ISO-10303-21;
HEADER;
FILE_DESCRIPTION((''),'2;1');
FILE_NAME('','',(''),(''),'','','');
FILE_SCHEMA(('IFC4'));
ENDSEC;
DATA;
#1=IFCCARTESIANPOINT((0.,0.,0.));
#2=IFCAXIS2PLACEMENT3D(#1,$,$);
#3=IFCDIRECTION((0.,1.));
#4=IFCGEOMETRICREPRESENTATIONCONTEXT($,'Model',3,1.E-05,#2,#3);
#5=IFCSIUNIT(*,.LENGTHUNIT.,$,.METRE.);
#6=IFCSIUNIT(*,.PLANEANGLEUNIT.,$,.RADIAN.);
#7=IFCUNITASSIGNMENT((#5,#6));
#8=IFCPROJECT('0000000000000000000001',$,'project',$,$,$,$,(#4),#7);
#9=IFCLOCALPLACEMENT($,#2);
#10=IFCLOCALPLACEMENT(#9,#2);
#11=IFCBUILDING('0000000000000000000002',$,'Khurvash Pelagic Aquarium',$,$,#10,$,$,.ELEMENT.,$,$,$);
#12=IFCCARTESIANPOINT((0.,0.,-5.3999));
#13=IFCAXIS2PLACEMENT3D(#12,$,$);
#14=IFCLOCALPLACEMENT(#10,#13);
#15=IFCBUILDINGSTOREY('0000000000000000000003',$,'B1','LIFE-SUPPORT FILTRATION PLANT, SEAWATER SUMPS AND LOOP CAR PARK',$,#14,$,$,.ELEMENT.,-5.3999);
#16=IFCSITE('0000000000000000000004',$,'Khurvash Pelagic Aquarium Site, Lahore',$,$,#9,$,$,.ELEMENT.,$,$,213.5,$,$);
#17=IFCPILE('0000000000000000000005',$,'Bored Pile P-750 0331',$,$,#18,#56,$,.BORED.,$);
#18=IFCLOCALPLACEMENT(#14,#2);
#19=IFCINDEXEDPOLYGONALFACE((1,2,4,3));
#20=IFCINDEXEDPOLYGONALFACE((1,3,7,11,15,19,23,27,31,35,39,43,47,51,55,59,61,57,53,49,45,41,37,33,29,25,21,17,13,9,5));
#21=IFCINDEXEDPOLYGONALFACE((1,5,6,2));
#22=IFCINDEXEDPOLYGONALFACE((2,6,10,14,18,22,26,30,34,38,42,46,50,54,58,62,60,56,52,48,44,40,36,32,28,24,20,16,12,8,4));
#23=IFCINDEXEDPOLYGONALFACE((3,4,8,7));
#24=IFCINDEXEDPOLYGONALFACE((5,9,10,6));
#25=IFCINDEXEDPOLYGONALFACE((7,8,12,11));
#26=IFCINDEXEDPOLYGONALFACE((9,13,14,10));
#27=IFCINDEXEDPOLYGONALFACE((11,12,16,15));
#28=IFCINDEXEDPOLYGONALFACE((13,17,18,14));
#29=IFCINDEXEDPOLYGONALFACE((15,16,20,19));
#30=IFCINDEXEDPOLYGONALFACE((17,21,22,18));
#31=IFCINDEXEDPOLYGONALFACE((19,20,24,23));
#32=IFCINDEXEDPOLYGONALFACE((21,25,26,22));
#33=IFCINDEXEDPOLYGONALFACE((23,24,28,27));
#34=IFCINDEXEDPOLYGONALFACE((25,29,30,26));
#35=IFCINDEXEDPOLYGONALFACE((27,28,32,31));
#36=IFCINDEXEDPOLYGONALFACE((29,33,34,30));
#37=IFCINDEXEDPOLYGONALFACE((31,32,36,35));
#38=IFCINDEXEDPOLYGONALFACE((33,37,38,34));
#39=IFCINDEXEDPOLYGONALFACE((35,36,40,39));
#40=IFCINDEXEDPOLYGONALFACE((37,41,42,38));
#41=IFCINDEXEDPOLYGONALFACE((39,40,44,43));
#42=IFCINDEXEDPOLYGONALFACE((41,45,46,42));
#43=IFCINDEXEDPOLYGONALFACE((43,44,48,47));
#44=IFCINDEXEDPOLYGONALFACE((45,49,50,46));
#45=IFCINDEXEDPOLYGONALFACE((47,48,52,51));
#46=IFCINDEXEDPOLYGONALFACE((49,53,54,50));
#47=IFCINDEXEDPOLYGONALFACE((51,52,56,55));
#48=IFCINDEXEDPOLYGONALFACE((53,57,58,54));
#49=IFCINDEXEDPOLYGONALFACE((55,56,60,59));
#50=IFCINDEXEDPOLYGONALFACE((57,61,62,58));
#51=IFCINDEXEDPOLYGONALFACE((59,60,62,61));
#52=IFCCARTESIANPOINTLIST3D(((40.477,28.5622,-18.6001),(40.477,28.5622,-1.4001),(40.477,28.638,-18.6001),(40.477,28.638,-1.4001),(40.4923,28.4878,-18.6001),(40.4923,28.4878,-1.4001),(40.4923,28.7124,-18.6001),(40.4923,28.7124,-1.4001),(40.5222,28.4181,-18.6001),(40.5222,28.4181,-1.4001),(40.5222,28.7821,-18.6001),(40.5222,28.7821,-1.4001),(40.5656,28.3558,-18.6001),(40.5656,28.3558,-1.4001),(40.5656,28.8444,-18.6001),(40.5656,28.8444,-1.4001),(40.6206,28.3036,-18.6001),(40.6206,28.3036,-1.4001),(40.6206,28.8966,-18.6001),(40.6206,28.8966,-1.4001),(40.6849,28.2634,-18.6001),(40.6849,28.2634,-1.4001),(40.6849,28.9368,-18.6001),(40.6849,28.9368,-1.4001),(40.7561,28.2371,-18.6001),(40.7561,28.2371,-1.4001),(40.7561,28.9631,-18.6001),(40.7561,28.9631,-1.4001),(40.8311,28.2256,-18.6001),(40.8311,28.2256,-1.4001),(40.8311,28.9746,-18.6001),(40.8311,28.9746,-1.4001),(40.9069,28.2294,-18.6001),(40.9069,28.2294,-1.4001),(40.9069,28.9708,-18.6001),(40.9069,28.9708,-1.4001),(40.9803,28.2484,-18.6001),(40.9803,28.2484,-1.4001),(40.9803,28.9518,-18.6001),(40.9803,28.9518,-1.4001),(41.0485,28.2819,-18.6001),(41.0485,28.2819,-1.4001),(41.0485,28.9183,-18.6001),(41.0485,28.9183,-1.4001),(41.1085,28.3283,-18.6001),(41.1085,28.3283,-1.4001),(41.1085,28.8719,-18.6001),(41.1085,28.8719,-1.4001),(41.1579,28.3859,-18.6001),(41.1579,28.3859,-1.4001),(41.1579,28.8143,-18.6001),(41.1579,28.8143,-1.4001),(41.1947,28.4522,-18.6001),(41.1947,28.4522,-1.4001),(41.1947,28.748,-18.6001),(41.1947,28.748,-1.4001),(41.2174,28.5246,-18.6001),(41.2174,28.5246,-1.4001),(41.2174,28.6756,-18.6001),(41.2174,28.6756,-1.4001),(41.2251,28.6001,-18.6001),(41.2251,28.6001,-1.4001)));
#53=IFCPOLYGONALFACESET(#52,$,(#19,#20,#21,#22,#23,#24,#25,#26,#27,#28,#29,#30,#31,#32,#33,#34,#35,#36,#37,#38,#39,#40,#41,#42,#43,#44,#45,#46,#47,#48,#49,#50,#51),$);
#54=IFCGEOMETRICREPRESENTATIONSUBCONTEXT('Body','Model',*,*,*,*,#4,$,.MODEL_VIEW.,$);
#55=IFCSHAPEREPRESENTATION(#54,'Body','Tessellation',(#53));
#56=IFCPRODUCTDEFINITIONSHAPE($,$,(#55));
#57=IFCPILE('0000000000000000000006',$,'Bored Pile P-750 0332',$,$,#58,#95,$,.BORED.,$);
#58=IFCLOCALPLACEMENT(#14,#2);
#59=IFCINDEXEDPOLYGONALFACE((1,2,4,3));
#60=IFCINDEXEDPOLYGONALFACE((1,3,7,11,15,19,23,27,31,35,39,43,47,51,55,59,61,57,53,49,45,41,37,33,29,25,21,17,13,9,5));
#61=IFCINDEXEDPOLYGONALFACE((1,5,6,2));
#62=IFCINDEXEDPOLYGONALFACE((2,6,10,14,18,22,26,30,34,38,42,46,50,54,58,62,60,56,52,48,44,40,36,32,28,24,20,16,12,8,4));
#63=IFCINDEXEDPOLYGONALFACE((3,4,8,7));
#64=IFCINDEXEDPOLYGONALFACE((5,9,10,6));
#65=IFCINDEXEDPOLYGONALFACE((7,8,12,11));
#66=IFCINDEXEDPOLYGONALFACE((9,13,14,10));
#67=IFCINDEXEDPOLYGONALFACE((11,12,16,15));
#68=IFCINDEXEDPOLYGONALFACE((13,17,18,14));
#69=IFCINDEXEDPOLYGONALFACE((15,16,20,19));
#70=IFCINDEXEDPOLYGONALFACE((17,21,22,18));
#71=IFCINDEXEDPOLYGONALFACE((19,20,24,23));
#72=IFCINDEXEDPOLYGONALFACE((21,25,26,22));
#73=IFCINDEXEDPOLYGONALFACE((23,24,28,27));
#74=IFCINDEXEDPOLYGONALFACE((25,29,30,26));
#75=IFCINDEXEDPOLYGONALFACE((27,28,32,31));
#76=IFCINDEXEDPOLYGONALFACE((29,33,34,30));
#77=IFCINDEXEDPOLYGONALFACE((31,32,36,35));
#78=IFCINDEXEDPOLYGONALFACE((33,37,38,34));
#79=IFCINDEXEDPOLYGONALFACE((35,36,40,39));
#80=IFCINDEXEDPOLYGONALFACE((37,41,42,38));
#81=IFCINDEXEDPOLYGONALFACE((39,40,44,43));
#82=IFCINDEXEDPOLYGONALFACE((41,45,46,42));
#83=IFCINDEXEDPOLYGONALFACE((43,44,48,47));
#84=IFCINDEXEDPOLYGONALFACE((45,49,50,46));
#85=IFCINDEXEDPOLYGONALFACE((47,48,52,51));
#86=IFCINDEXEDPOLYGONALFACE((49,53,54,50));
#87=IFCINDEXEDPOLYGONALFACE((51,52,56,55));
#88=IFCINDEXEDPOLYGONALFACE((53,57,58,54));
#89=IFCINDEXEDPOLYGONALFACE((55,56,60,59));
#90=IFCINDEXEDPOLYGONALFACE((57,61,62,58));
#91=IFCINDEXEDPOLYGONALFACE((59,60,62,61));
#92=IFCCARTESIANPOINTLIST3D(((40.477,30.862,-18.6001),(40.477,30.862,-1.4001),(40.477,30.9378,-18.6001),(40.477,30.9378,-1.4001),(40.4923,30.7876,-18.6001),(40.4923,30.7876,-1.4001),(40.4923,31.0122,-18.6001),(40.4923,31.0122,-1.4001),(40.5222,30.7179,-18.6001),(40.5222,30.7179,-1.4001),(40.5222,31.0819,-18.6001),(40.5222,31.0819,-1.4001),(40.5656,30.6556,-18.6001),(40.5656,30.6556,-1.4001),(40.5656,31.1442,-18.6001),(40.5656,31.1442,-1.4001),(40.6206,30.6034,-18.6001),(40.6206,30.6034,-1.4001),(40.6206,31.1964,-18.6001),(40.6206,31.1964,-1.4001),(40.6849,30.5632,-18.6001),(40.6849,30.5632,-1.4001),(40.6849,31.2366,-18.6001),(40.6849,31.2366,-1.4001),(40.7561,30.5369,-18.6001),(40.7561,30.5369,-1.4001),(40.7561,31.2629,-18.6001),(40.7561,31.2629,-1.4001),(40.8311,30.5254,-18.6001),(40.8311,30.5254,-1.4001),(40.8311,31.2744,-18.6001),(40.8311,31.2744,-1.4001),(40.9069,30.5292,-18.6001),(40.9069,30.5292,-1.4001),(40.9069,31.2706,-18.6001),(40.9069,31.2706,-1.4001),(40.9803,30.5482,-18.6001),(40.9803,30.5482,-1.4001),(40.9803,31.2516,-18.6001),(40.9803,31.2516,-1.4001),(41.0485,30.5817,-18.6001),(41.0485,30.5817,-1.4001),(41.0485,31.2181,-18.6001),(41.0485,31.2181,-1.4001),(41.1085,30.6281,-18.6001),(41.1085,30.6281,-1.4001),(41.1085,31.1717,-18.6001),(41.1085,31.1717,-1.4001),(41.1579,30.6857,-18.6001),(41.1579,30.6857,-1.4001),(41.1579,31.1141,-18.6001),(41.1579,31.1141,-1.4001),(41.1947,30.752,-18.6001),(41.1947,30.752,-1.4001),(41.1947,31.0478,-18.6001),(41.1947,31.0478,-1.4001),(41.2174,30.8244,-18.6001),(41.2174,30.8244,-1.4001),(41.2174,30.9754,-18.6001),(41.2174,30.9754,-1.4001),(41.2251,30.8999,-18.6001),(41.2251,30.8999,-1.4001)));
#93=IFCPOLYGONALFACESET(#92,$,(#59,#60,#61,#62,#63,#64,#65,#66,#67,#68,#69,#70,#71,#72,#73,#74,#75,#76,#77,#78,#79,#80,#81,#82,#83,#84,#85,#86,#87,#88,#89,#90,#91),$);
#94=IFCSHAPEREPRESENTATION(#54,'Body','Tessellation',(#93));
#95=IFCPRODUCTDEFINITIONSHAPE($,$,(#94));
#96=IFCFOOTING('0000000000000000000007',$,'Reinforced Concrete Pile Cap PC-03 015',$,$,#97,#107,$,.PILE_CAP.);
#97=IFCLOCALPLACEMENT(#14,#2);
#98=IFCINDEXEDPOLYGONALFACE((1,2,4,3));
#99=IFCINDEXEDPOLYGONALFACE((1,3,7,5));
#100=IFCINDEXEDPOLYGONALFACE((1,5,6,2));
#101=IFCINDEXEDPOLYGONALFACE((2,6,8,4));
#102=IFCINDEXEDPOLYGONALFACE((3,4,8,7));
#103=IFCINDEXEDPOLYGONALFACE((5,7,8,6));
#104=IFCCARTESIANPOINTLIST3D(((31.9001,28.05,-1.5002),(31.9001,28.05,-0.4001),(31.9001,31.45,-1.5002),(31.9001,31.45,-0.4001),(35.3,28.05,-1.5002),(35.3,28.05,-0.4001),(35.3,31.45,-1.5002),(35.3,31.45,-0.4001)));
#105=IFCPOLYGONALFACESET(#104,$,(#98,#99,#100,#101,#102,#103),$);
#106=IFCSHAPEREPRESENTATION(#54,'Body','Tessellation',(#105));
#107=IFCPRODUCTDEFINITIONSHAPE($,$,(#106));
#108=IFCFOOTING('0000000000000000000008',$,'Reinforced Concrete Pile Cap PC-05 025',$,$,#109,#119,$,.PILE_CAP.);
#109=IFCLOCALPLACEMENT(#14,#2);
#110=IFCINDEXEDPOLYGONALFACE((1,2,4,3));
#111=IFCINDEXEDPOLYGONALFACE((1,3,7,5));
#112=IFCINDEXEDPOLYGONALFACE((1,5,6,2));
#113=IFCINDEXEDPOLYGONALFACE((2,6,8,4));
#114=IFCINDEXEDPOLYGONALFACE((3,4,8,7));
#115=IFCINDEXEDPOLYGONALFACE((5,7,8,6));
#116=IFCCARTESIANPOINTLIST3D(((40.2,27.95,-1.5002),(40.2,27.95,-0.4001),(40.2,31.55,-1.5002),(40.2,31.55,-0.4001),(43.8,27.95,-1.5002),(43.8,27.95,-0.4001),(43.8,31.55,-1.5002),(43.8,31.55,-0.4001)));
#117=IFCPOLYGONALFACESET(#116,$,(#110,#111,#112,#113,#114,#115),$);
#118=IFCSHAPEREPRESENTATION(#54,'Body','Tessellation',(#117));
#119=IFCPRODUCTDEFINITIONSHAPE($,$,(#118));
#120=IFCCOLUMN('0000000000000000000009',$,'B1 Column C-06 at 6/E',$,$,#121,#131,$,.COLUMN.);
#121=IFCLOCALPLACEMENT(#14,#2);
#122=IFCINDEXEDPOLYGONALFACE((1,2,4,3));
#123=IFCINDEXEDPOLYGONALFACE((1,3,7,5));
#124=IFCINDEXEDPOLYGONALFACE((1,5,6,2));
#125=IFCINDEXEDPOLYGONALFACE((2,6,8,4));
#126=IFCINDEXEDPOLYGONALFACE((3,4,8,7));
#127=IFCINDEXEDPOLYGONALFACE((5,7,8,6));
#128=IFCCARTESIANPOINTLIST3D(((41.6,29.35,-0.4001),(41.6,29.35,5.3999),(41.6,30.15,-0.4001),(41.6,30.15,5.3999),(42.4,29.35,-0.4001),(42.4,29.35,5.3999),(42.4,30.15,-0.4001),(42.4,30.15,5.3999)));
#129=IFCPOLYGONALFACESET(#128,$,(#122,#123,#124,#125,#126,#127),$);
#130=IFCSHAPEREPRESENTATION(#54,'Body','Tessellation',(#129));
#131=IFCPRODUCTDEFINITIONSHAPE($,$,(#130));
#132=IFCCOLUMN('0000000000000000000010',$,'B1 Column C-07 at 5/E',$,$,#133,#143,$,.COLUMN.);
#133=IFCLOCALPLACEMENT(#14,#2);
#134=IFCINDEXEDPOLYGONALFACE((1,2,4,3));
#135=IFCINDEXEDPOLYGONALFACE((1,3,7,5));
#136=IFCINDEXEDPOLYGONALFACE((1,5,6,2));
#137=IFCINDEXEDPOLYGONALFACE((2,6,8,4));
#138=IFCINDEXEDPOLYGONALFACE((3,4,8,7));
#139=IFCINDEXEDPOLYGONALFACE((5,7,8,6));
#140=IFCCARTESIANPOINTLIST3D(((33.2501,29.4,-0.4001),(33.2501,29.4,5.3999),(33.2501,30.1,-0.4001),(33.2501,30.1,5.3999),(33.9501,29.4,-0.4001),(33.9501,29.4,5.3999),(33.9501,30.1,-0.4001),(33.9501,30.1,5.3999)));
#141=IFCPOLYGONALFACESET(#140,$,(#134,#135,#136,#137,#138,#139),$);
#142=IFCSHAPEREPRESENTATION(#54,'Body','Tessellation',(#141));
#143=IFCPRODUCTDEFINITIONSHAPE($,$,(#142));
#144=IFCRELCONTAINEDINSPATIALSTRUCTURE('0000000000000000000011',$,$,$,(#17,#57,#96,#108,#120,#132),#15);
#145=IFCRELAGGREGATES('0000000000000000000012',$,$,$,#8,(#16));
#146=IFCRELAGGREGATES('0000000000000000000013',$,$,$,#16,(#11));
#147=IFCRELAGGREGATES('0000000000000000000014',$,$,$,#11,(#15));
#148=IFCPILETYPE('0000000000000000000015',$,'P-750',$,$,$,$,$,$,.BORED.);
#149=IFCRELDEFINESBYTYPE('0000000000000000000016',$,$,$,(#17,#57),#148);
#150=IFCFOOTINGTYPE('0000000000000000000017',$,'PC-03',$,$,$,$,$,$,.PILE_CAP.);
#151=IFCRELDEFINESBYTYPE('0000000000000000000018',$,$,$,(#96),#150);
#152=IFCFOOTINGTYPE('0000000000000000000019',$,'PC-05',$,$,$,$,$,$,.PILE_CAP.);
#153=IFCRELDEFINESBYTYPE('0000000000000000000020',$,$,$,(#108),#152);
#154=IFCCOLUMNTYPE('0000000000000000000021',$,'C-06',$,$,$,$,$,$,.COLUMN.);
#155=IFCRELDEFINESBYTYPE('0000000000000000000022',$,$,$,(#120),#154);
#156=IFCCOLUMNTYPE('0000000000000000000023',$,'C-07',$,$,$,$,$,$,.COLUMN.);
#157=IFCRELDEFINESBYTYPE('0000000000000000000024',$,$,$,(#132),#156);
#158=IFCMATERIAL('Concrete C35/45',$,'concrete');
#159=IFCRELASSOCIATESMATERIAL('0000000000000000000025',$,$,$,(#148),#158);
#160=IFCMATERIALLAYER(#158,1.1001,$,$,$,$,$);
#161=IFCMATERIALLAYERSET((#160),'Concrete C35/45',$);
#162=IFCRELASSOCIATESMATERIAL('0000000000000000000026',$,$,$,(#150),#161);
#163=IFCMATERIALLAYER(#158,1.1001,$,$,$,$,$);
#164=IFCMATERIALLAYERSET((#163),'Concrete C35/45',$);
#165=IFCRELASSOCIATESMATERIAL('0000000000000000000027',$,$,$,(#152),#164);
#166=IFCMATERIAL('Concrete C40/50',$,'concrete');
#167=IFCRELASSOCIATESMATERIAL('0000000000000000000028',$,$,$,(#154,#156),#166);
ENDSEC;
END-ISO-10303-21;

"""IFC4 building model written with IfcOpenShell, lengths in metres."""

from ifc_helpers import new_model, si_unit, direction, frame, origin, origin_2d, place, context, subcontext, project, spatial, rectangle, circle, extrude, material, layer, layer_set, material_profile, profile_set, type_object, element, save


model = new_model("IFC4")

# Units and contexts
model_context = context("Model", 3, precision=1e-05, world=origin(), true_north=direction((0.0, 1.0)))
body_context = subcontext(model_context, "Body", "Model", "MODEL_VIEW")
ifc_project = project(units=[si_unit("LENGTHUNIT", "METRE"), si_unit("PLANEANGLEUNIT", "RADIAN")], contexts=[model_context])

# Site, building, storey
site_placement = place(None, origin())
site = spatial("IfcSite", under=ifc_project, at=site_placement, Name="Khurvash Pelagic Aquarium Site, Lahore", CompositionType="ELEMENT", RefElevation=213.5)
building_placement = place(site_placement, origin())
building = spatial("IfcBuilding", under=site, at=building_placement, Name="Khurvash Pelagic Aquarium", CompositionType="ELEMENT")
storey_placement = place(building_placement, frame((0.0, 0.0, -5.3999)))
storey = spatial("IfcBuildingStorey", under=building, at=storey_placement, Name="B1", Description="LIFE-SUPPORT FILTRATION PLANT, SEAWATER SUMPS AND LOOP CAR PARK", CompositionType="ELEMENT", Elevation=-5.3999)

# Shared definitions
ifc_material_1 = material(Name="Concrete C35/45", Category="concrete")

# Piles
ifc_material_profile_1 = material_profile(ifc_material_1, circle(Radius=0.375, at=origin_2d()), Name="PILE750")
ifc_profile_set_1 = profile_set([ifc_material_profile_1], Name="Concrete C35/45")
pile_type = type_object("IfcPileType", Name="P-750", PredefinedType="BORED", material=ifc_profile_set_1)
for number, where, z_axis, x_axis, name in (
    (1, (40.8501, 28.6001, -1.4001), (0.0, 0.0, -1.0), (1.0, 0.0, 0.0), "Bored Pile P-750 0331"),
    (2, (40.8501, 30.8999, -1.4001), (0.0, 0.0, -1.0), (1.0, 0.0, 0.0), "Bored Pile P-750 0332"),
):
    element("IfcPile", number, at=place(storey_placement, frame(where, z_axis=z_axis, x_axis=x_axis)), inside=storey, type_object=pile_type, Name=name, PredefinedType="BORED", context=body_context, shape_type="SweptSolid", body=[
        extrude(circle(Radius=0.375, at=origin_2d()), origin(), (0.0, 0.0, 1.0), 17.2),
    ])

# Footings
ifc_layer_1 = layer(ifc_material_1, 1.1001)
ifc_layer_set_1 = layer_set([ifc_layer_1], Name="Concrete C35/45")
footing_type_1 = type_object("IfcFootingType", Name="PC-03", PredefinedType="PILE_CAP", material=ifc_layer_set_1)
footing_1_placement = place(storey_placement, frame((33.6001, 29.75, -1.5002), z_axis=(0.0, 0.0, 1.0), x_axis=(1.0, 0.0, 0.0)))
element("IfcFooting", 3, at=footing_1_placement, inside=storey, type_object=footing_type_1, Name="Reinforced Concrete Pile Cap PC-03 015", PredefinedType="PILE_CAP", context=body_context, shape_type="SweptSolid", body=[
    extrude(rectangle(XDim=3.3999, YDim=3.3999, at=origin_2d()), origin(), (0.0, 0.0, 1.0), 1.1001),
])
ifc_layer_2 = layer(ifc_material_1, 1.1001)
ifc_layer_set_2 = layer_set([ifc_layer_2], Name="Concrete C35/45")
footing_type_2 = type_object("IfcFootingType", Name="PC-05", PredefinedType="PILE_CAP", material=ifc_layer_set_2)
footing_2_placement = place(storey_placement, frame((42.0, 29.75, -1.5002), z_axis=(0.0, 0.0, 1.0), x_axis=(1.0, 0.0, 0.0)))
element("IfcFooting", 4, at=footing_2_placement, inside=storey, type_object=footing_type_2, Name="Reinforced Concrete Pile Cap PC-05 025", PredefinedType="PILE_CAP", context=body_context, shape_type="SweptSolid", body=[
    extrude(rectangle(XDim=3.6001, YDim=3.6001, at=origin_2d()), origin(), (0.0, 0.0, 1.0), 1.1001),
])

# Columns
ifc_material_2 = material(Name="Concrete C40/50", Category="concrete")
ifc_material_profile_2 = material_profile(ifc_material_2, rectangle(XDim=0.8, YDim=0.8, at=origin_2d()), Name="RC800X800")
ifc_profile_set_2 = profile_set([ifc_material_profile_2], Name="Concrete C40/50")
column_type_1 = type_object("IfcColumnType", Name="C-06", PredefinedType="COLUMN", material=ifc_profile_set_2)
column_1_placement = place(storey_placement, frame((42.0, 29.75, -0.4001), z_axis=(0.0, 0.0, 1.0), x_axis=(1.0, 0.0, 0.0)))
element("IfcColumn", 5, at=column_1_placement, inside=storey, type_object=column_type_1, Name="B1 Column C-06 at 6/E", PredefinedType="COLUMN", context=body_context, shape_type="SweptSolid", body=[
    extrude(rectangle(XDim=0.8, YDim=0.8, at=origin_2d()), origin(), (0.0, 0.0, 1.0), 5.8),
])
ifc_material_profile_3 = material_profile(ifc_material_2, rectangle(XDim=0.7, YDim=0.7, at=origin_2d()), Name="RC700X700")
ifc_profile_set_3 = profile_set([ifc_material_profile_3], Name="Concrete C40/50")
column_type_2 = type_object("IfcColumnType", Name="C-07", PredefinedType="COLUMN", material=ifc_profile_set_3)
column_2_placement = place(storey_placement, frame((33.6001, 29.75, -0.4001), z_axis=(0.0, 0.0, 1.0), x_axis=(1.0, 0.0, 0.0)))
element("IfcColumn", 6, at=column_2_placement, inside=storey, type_object=column_type_2, Name="B1 Column C-07 at 5/E", PredefinedType="COLUMN", context=body_context, shape_type="SweptSolid", body=[
    extrude(rectangle(XDim=0.7, YDim=0.7, at=origin_2d()), origin(), (0.0, 0.0, 1.0), 5.8),
])

save(model, "model.ifc")
